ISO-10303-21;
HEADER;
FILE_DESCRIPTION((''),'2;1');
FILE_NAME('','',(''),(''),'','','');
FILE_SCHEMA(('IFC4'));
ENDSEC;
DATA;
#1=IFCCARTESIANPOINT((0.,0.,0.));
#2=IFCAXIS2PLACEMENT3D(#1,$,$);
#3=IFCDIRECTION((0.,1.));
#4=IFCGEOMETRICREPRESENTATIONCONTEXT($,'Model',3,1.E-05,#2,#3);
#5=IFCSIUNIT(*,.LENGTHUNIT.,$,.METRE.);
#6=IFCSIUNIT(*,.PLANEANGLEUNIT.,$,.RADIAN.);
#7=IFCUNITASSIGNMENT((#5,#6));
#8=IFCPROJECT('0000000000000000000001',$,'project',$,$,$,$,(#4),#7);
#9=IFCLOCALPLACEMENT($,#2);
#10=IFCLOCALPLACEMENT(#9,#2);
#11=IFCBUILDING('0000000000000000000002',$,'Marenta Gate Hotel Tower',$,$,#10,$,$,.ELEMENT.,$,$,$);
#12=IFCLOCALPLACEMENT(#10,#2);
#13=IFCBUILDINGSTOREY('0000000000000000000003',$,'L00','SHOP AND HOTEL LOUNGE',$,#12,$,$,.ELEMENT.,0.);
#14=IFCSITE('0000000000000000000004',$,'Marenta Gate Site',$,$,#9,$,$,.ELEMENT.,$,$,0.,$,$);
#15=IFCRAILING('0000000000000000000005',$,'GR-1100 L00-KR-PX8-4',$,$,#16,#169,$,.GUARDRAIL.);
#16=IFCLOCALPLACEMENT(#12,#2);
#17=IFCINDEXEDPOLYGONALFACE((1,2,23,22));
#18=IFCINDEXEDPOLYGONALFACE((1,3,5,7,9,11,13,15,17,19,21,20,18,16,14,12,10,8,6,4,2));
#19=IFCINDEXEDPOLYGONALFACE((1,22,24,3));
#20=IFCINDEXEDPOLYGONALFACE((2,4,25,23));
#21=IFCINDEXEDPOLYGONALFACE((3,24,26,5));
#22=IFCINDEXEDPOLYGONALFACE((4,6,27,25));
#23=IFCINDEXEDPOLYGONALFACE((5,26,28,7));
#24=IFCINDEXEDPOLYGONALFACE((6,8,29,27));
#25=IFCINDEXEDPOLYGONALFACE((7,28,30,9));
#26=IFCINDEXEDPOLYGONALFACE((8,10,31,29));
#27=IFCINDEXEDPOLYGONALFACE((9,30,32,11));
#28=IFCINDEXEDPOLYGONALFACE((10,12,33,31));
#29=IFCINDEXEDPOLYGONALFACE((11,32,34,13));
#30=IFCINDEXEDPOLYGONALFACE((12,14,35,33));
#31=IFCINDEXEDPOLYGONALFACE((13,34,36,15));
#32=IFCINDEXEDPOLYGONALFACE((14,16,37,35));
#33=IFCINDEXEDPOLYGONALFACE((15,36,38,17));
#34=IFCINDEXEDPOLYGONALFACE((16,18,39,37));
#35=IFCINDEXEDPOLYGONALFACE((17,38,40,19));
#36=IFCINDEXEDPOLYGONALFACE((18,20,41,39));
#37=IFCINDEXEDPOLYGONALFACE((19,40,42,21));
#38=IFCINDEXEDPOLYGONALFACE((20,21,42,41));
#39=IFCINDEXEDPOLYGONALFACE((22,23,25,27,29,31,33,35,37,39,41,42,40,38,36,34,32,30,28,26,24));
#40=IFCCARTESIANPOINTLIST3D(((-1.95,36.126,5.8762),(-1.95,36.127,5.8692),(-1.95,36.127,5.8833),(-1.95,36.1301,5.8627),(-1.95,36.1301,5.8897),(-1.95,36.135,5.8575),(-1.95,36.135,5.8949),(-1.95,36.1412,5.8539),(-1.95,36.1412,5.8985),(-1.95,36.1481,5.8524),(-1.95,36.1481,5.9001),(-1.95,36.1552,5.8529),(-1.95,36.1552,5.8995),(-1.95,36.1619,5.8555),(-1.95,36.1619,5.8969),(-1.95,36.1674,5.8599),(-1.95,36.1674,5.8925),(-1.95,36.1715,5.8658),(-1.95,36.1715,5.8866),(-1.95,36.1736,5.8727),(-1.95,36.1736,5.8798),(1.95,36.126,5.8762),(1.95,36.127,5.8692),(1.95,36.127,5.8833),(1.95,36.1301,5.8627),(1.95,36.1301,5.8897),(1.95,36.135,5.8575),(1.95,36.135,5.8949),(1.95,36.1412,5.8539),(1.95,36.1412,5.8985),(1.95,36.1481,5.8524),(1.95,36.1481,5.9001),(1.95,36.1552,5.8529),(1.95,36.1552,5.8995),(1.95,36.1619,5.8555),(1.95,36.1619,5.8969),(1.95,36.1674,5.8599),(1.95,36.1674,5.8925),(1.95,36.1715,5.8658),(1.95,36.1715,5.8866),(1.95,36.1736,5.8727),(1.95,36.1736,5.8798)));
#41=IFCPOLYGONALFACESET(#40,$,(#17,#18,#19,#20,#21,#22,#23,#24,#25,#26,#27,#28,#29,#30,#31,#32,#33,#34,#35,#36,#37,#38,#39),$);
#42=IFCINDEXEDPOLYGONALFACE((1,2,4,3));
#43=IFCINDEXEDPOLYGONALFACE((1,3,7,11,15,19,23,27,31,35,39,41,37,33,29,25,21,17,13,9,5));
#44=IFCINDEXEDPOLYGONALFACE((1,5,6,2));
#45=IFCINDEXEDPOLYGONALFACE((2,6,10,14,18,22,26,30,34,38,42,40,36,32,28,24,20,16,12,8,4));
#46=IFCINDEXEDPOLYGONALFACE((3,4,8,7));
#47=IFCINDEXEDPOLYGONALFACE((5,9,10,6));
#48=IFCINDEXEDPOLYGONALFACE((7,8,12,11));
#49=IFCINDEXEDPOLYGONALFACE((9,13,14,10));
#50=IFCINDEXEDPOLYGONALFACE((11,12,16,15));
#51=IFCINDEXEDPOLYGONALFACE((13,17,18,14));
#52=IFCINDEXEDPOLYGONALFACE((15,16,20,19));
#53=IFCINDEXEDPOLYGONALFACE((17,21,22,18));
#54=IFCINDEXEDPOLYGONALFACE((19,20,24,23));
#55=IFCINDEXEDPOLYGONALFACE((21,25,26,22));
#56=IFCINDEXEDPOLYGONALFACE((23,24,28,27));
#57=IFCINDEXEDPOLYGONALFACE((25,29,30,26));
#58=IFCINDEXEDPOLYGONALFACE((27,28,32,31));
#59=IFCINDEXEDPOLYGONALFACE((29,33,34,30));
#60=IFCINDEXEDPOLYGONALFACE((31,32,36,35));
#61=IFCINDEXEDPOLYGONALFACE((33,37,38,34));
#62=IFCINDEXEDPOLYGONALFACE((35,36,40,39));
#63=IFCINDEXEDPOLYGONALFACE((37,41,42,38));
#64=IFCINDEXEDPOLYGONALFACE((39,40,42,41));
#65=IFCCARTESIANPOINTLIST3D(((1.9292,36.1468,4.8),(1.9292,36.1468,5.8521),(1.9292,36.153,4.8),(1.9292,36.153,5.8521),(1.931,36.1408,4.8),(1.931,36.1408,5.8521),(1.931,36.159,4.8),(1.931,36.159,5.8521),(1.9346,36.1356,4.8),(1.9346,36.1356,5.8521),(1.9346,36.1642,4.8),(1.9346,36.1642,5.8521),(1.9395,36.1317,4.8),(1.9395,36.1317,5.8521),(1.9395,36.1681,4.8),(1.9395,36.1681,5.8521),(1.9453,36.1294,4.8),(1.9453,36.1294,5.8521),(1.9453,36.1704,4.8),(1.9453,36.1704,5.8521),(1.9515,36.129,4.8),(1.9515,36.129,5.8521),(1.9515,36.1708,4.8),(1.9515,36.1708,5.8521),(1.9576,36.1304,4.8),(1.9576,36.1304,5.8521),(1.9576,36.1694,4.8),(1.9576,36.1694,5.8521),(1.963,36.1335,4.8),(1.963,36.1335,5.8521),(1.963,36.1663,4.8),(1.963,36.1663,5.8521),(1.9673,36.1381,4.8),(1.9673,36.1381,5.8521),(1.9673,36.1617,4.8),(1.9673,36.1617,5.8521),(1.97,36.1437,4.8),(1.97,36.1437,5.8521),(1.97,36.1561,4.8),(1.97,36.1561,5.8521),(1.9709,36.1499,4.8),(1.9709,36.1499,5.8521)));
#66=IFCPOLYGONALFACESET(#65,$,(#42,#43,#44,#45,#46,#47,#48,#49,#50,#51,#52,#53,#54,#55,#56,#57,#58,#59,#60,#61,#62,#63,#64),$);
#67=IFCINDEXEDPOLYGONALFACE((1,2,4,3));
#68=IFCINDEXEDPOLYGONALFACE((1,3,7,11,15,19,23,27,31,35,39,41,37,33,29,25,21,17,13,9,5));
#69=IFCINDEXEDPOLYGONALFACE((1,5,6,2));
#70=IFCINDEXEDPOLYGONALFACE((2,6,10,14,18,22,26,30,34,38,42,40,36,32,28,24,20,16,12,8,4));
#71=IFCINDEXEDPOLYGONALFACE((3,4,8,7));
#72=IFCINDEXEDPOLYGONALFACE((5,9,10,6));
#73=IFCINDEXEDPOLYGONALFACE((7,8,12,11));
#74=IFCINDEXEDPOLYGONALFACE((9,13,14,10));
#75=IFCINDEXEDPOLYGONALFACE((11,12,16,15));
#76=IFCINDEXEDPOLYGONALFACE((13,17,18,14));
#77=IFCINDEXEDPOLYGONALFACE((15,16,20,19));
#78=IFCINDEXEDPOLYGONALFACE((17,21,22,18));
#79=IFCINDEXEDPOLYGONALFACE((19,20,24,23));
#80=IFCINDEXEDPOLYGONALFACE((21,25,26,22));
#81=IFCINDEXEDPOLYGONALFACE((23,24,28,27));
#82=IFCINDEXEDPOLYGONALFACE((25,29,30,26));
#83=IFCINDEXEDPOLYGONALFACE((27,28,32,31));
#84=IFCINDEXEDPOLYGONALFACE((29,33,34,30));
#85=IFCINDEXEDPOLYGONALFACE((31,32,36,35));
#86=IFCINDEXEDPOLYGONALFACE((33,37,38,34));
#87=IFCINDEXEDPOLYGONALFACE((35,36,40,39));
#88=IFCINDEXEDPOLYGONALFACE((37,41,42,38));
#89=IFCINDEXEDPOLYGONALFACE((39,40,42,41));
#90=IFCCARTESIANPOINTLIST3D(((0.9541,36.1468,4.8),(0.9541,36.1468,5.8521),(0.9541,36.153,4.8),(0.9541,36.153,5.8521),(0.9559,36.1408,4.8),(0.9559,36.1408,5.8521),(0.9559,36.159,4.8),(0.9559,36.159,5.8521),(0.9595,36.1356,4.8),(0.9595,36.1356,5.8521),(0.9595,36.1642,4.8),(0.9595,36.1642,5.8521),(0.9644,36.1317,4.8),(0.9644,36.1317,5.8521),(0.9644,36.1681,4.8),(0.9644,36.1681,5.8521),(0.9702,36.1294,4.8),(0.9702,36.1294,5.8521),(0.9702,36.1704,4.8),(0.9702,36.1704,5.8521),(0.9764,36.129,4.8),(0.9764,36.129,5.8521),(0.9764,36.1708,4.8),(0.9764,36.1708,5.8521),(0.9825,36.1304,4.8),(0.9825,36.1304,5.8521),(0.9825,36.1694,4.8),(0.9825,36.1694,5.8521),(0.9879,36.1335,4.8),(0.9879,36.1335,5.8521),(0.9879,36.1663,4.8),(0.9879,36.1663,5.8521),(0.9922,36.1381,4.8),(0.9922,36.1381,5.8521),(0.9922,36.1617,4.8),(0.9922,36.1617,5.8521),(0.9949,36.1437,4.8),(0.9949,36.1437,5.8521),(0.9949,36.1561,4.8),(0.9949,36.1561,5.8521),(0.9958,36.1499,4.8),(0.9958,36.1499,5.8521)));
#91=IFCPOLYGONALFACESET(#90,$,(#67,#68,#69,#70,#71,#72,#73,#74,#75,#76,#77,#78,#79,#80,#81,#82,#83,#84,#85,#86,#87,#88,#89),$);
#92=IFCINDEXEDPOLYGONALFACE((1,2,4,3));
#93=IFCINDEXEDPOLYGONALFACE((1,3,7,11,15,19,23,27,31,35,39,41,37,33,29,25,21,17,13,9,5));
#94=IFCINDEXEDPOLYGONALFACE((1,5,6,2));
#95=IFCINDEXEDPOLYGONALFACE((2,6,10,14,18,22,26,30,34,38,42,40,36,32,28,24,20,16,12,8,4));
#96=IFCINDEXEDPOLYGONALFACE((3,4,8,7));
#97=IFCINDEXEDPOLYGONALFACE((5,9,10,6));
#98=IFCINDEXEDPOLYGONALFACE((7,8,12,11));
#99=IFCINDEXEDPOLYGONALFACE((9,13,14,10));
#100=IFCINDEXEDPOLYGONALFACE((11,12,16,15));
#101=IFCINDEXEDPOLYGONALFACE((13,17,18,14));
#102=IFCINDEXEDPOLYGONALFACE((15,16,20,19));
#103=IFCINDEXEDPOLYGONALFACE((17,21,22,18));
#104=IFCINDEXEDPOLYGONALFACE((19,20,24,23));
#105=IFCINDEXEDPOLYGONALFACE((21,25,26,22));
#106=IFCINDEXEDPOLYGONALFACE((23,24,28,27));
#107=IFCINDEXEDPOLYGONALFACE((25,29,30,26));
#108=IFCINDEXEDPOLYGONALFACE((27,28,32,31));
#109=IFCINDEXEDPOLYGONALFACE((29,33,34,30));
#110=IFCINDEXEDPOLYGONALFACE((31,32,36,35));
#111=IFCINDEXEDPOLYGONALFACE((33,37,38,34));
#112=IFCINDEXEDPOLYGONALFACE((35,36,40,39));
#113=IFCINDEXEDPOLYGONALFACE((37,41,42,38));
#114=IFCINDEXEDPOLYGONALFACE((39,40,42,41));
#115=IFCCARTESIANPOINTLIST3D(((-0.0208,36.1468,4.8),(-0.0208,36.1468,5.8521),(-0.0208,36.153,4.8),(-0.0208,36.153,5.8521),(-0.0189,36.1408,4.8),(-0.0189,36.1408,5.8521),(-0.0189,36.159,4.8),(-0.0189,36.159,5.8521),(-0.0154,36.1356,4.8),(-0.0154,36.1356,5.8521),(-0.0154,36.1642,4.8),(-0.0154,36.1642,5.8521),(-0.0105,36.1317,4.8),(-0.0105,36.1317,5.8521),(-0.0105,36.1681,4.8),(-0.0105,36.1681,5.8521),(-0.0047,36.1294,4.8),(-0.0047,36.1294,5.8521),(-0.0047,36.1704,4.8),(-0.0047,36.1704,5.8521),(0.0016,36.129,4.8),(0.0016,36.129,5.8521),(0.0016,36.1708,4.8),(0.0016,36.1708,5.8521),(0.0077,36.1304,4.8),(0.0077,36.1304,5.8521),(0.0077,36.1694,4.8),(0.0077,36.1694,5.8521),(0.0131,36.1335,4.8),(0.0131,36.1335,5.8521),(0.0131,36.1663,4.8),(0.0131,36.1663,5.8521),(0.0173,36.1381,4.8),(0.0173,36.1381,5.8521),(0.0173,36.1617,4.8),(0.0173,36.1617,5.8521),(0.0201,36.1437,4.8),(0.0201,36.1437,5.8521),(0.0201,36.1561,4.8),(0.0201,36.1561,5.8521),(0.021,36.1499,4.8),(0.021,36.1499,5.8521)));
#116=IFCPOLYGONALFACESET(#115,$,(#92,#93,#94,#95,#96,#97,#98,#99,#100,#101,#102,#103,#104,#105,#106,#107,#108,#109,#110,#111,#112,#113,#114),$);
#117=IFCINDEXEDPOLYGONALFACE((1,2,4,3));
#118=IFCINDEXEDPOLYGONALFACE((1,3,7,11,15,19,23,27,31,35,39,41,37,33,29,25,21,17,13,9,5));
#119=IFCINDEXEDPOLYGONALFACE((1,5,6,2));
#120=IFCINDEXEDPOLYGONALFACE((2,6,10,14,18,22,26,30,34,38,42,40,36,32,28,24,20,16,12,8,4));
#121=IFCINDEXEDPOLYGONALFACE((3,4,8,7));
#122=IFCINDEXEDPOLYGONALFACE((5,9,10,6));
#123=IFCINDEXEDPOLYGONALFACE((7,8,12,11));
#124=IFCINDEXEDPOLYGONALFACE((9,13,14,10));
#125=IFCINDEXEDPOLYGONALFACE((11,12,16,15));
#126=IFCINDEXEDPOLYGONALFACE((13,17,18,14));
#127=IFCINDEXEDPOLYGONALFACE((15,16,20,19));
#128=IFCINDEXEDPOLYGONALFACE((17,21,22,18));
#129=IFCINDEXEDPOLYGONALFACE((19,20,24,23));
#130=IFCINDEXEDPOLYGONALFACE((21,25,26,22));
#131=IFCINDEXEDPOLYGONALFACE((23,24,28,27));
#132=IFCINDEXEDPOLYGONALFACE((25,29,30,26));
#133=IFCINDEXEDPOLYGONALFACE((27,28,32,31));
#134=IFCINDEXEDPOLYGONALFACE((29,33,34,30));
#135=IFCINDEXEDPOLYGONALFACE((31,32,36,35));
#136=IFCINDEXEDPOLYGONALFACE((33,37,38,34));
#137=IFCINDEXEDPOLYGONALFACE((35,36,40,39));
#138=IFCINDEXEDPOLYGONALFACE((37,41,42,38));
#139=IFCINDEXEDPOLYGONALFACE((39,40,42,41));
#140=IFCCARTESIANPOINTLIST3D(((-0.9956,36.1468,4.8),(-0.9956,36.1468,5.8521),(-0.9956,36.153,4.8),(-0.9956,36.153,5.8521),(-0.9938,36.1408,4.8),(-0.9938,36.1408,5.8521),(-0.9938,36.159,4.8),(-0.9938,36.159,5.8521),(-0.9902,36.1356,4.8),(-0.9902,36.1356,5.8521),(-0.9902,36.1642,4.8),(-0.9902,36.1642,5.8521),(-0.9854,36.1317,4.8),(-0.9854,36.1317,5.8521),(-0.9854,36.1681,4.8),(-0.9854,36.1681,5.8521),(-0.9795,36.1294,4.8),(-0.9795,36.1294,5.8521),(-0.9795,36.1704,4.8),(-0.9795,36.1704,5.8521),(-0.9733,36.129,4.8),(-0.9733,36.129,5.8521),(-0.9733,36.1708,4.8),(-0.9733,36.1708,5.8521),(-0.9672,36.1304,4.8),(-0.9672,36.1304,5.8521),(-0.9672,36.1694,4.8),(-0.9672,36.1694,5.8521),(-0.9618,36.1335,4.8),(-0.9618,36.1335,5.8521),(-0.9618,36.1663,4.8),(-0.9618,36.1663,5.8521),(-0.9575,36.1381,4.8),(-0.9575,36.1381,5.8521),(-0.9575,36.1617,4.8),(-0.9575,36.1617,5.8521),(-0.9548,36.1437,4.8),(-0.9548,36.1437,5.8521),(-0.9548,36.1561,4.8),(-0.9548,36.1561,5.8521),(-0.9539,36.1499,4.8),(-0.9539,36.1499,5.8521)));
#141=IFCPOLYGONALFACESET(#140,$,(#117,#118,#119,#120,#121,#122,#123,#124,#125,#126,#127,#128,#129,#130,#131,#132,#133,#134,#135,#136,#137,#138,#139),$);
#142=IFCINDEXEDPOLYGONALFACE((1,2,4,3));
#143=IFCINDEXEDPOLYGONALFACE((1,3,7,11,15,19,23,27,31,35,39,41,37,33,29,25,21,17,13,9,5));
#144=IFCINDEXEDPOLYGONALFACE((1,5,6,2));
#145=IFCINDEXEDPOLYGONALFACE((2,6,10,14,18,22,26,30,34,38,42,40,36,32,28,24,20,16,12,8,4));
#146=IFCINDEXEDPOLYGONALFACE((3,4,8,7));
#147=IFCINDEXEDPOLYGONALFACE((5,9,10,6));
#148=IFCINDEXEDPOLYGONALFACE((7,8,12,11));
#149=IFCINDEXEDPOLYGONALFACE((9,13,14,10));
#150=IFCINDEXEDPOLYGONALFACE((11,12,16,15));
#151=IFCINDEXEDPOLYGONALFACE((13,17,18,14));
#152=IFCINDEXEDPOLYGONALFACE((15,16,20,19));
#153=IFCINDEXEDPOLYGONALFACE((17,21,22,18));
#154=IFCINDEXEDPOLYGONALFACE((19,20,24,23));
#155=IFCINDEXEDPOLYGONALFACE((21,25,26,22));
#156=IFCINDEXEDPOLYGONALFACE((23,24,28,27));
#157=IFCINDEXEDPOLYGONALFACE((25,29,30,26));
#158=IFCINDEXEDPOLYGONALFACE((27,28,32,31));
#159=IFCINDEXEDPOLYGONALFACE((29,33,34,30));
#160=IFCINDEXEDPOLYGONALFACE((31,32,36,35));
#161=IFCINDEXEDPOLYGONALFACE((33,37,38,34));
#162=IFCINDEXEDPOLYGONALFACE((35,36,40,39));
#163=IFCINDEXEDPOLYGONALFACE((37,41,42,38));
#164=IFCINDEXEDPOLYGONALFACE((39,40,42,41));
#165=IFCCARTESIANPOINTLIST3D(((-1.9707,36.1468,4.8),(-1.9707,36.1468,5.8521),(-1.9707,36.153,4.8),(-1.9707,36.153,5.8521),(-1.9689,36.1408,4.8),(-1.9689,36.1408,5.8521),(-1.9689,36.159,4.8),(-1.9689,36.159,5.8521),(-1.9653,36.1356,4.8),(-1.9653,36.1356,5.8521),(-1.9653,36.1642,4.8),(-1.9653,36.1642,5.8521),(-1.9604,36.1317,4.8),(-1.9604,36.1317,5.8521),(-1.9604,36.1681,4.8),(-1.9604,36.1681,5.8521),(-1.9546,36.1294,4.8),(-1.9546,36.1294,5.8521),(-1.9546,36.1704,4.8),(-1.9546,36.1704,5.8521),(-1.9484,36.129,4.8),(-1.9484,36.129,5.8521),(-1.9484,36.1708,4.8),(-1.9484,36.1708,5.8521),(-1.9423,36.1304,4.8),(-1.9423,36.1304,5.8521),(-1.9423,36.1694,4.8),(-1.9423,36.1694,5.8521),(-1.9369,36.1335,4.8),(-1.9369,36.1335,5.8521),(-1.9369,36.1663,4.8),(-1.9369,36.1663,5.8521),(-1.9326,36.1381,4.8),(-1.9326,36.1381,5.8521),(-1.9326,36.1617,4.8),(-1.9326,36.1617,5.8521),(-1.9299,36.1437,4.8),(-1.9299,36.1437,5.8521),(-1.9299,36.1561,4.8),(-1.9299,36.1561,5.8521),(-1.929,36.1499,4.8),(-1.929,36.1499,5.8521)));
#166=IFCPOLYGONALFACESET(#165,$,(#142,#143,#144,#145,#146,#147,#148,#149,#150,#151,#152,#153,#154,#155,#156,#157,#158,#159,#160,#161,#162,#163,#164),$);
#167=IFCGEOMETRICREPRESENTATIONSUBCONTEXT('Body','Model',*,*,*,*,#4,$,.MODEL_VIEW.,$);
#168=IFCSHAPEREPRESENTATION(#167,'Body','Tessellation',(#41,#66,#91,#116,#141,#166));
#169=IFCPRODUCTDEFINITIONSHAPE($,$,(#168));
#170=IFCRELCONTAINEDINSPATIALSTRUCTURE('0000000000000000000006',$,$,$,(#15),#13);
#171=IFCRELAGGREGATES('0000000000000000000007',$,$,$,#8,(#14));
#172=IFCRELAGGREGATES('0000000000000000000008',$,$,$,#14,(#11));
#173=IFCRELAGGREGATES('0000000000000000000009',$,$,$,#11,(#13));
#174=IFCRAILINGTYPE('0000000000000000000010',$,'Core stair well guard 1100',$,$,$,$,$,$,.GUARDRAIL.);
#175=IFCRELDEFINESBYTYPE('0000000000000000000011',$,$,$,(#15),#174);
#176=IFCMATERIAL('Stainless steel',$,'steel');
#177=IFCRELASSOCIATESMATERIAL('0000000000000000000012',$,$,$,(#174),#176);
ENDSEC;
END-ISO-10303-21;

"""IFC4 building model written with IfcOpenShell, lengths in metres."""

from ifc_helpers import new_model, si_unit, direction, frame, origin, origin_2d, place, context, subcontext, project, spatial, circle, extrude, material, type_object, element, save


model = new_model("IFC4")

# Units and contexts
model_context = context("Model", 3, precision=1e-05, world=origin(), true_north=direction((0.0, 1.0)))
body_context = subcontext(model_context, "Body", "Model", "MODEL_VIEW")
ifc_project = project(units=[si_unit("LENGTHUNIT", "METRE"), si_unit("PLANEANGLEUNIT", "RADIAN")], contexts=[model_context])

# Site, building, storey
site_placement = place(None, origin())
site = spatial("IfcSite", under=ifc_project, at=site_placement, Name="Marenta Gate Site", CompositionType="ELEMENT", RefElevation=0.0)
building_placement = place(site_placement, origin())
building = spatial("IfcBuilding", under=site, at=building_placement, Name="Marenta Gate Hotel Tower", CompositionType="ELEMENT")
storey_placement = place(building_placement, origin())
storey = spatial("IfcBuildingStorey", under=building, at=storey_placement, Name="L00", Description="SHOP AND HOTEL LOUNGE", CompositionType="ELEMENT", Elevation=0.0)

# Railing
ifc_material_1 = material(Name="Stainless steel", Category="steel")
railing_type_1 = type_object("IfcRailingType", Name="Core stair well guard 1100", PredefinedType="GUARDRAIL", material=ifc_material_1)
railing_1_placement = place(storey_placement, frame((1.95, 36.1499, 4.8)))
element("IfcRailing", 1, at=railing_1_placement, inside=storey, type_object=railing_type_1, Name="GR-1100 L00-KR-PX8-4", PredefinedType="GUARDRAIL", context=body_context, shape_type="SweptSolid", body=[
    extrude(circle(Radius=0.0239, at=origin_2d()), frame((0.0, 0.0, 1.0762), z_axis=(-1.0, 0.0, 0.0), x_axis=(0.0, -1.0, 0.0)), (0.0, 0.0, 1.0), 3.8999),
    extrude(circle(Radius=0.021, at=origin_2d()), origin(), (0.0, 0.0, 1.0), 1.052),
    extrude(circle(Radius=0.021, at=origin_2d()), frame((-0.9751, 0.0, 0.0)), (0.0, 0.0, 1.0), 1.052),
    extrude(circle(Radius=0.021, at=origin_2d()), frame((-1.95, 0.0, 0.0)), (0.0, 0.0, 1.0), 1.052),
    extrude(circle(Radius=0.021, at=origin_2d()), frame((-2.9248, 0.0, 0.0)), (0.0, 0.0, 1.0), 1.052),
    extrude(circle(Radius=0.021, at=origin_2d()), frame((-3.8999, 0.0, 0.0)), (0.0, 0.0, 1.0), 1.052),
])

save(model, "model.ifc")
